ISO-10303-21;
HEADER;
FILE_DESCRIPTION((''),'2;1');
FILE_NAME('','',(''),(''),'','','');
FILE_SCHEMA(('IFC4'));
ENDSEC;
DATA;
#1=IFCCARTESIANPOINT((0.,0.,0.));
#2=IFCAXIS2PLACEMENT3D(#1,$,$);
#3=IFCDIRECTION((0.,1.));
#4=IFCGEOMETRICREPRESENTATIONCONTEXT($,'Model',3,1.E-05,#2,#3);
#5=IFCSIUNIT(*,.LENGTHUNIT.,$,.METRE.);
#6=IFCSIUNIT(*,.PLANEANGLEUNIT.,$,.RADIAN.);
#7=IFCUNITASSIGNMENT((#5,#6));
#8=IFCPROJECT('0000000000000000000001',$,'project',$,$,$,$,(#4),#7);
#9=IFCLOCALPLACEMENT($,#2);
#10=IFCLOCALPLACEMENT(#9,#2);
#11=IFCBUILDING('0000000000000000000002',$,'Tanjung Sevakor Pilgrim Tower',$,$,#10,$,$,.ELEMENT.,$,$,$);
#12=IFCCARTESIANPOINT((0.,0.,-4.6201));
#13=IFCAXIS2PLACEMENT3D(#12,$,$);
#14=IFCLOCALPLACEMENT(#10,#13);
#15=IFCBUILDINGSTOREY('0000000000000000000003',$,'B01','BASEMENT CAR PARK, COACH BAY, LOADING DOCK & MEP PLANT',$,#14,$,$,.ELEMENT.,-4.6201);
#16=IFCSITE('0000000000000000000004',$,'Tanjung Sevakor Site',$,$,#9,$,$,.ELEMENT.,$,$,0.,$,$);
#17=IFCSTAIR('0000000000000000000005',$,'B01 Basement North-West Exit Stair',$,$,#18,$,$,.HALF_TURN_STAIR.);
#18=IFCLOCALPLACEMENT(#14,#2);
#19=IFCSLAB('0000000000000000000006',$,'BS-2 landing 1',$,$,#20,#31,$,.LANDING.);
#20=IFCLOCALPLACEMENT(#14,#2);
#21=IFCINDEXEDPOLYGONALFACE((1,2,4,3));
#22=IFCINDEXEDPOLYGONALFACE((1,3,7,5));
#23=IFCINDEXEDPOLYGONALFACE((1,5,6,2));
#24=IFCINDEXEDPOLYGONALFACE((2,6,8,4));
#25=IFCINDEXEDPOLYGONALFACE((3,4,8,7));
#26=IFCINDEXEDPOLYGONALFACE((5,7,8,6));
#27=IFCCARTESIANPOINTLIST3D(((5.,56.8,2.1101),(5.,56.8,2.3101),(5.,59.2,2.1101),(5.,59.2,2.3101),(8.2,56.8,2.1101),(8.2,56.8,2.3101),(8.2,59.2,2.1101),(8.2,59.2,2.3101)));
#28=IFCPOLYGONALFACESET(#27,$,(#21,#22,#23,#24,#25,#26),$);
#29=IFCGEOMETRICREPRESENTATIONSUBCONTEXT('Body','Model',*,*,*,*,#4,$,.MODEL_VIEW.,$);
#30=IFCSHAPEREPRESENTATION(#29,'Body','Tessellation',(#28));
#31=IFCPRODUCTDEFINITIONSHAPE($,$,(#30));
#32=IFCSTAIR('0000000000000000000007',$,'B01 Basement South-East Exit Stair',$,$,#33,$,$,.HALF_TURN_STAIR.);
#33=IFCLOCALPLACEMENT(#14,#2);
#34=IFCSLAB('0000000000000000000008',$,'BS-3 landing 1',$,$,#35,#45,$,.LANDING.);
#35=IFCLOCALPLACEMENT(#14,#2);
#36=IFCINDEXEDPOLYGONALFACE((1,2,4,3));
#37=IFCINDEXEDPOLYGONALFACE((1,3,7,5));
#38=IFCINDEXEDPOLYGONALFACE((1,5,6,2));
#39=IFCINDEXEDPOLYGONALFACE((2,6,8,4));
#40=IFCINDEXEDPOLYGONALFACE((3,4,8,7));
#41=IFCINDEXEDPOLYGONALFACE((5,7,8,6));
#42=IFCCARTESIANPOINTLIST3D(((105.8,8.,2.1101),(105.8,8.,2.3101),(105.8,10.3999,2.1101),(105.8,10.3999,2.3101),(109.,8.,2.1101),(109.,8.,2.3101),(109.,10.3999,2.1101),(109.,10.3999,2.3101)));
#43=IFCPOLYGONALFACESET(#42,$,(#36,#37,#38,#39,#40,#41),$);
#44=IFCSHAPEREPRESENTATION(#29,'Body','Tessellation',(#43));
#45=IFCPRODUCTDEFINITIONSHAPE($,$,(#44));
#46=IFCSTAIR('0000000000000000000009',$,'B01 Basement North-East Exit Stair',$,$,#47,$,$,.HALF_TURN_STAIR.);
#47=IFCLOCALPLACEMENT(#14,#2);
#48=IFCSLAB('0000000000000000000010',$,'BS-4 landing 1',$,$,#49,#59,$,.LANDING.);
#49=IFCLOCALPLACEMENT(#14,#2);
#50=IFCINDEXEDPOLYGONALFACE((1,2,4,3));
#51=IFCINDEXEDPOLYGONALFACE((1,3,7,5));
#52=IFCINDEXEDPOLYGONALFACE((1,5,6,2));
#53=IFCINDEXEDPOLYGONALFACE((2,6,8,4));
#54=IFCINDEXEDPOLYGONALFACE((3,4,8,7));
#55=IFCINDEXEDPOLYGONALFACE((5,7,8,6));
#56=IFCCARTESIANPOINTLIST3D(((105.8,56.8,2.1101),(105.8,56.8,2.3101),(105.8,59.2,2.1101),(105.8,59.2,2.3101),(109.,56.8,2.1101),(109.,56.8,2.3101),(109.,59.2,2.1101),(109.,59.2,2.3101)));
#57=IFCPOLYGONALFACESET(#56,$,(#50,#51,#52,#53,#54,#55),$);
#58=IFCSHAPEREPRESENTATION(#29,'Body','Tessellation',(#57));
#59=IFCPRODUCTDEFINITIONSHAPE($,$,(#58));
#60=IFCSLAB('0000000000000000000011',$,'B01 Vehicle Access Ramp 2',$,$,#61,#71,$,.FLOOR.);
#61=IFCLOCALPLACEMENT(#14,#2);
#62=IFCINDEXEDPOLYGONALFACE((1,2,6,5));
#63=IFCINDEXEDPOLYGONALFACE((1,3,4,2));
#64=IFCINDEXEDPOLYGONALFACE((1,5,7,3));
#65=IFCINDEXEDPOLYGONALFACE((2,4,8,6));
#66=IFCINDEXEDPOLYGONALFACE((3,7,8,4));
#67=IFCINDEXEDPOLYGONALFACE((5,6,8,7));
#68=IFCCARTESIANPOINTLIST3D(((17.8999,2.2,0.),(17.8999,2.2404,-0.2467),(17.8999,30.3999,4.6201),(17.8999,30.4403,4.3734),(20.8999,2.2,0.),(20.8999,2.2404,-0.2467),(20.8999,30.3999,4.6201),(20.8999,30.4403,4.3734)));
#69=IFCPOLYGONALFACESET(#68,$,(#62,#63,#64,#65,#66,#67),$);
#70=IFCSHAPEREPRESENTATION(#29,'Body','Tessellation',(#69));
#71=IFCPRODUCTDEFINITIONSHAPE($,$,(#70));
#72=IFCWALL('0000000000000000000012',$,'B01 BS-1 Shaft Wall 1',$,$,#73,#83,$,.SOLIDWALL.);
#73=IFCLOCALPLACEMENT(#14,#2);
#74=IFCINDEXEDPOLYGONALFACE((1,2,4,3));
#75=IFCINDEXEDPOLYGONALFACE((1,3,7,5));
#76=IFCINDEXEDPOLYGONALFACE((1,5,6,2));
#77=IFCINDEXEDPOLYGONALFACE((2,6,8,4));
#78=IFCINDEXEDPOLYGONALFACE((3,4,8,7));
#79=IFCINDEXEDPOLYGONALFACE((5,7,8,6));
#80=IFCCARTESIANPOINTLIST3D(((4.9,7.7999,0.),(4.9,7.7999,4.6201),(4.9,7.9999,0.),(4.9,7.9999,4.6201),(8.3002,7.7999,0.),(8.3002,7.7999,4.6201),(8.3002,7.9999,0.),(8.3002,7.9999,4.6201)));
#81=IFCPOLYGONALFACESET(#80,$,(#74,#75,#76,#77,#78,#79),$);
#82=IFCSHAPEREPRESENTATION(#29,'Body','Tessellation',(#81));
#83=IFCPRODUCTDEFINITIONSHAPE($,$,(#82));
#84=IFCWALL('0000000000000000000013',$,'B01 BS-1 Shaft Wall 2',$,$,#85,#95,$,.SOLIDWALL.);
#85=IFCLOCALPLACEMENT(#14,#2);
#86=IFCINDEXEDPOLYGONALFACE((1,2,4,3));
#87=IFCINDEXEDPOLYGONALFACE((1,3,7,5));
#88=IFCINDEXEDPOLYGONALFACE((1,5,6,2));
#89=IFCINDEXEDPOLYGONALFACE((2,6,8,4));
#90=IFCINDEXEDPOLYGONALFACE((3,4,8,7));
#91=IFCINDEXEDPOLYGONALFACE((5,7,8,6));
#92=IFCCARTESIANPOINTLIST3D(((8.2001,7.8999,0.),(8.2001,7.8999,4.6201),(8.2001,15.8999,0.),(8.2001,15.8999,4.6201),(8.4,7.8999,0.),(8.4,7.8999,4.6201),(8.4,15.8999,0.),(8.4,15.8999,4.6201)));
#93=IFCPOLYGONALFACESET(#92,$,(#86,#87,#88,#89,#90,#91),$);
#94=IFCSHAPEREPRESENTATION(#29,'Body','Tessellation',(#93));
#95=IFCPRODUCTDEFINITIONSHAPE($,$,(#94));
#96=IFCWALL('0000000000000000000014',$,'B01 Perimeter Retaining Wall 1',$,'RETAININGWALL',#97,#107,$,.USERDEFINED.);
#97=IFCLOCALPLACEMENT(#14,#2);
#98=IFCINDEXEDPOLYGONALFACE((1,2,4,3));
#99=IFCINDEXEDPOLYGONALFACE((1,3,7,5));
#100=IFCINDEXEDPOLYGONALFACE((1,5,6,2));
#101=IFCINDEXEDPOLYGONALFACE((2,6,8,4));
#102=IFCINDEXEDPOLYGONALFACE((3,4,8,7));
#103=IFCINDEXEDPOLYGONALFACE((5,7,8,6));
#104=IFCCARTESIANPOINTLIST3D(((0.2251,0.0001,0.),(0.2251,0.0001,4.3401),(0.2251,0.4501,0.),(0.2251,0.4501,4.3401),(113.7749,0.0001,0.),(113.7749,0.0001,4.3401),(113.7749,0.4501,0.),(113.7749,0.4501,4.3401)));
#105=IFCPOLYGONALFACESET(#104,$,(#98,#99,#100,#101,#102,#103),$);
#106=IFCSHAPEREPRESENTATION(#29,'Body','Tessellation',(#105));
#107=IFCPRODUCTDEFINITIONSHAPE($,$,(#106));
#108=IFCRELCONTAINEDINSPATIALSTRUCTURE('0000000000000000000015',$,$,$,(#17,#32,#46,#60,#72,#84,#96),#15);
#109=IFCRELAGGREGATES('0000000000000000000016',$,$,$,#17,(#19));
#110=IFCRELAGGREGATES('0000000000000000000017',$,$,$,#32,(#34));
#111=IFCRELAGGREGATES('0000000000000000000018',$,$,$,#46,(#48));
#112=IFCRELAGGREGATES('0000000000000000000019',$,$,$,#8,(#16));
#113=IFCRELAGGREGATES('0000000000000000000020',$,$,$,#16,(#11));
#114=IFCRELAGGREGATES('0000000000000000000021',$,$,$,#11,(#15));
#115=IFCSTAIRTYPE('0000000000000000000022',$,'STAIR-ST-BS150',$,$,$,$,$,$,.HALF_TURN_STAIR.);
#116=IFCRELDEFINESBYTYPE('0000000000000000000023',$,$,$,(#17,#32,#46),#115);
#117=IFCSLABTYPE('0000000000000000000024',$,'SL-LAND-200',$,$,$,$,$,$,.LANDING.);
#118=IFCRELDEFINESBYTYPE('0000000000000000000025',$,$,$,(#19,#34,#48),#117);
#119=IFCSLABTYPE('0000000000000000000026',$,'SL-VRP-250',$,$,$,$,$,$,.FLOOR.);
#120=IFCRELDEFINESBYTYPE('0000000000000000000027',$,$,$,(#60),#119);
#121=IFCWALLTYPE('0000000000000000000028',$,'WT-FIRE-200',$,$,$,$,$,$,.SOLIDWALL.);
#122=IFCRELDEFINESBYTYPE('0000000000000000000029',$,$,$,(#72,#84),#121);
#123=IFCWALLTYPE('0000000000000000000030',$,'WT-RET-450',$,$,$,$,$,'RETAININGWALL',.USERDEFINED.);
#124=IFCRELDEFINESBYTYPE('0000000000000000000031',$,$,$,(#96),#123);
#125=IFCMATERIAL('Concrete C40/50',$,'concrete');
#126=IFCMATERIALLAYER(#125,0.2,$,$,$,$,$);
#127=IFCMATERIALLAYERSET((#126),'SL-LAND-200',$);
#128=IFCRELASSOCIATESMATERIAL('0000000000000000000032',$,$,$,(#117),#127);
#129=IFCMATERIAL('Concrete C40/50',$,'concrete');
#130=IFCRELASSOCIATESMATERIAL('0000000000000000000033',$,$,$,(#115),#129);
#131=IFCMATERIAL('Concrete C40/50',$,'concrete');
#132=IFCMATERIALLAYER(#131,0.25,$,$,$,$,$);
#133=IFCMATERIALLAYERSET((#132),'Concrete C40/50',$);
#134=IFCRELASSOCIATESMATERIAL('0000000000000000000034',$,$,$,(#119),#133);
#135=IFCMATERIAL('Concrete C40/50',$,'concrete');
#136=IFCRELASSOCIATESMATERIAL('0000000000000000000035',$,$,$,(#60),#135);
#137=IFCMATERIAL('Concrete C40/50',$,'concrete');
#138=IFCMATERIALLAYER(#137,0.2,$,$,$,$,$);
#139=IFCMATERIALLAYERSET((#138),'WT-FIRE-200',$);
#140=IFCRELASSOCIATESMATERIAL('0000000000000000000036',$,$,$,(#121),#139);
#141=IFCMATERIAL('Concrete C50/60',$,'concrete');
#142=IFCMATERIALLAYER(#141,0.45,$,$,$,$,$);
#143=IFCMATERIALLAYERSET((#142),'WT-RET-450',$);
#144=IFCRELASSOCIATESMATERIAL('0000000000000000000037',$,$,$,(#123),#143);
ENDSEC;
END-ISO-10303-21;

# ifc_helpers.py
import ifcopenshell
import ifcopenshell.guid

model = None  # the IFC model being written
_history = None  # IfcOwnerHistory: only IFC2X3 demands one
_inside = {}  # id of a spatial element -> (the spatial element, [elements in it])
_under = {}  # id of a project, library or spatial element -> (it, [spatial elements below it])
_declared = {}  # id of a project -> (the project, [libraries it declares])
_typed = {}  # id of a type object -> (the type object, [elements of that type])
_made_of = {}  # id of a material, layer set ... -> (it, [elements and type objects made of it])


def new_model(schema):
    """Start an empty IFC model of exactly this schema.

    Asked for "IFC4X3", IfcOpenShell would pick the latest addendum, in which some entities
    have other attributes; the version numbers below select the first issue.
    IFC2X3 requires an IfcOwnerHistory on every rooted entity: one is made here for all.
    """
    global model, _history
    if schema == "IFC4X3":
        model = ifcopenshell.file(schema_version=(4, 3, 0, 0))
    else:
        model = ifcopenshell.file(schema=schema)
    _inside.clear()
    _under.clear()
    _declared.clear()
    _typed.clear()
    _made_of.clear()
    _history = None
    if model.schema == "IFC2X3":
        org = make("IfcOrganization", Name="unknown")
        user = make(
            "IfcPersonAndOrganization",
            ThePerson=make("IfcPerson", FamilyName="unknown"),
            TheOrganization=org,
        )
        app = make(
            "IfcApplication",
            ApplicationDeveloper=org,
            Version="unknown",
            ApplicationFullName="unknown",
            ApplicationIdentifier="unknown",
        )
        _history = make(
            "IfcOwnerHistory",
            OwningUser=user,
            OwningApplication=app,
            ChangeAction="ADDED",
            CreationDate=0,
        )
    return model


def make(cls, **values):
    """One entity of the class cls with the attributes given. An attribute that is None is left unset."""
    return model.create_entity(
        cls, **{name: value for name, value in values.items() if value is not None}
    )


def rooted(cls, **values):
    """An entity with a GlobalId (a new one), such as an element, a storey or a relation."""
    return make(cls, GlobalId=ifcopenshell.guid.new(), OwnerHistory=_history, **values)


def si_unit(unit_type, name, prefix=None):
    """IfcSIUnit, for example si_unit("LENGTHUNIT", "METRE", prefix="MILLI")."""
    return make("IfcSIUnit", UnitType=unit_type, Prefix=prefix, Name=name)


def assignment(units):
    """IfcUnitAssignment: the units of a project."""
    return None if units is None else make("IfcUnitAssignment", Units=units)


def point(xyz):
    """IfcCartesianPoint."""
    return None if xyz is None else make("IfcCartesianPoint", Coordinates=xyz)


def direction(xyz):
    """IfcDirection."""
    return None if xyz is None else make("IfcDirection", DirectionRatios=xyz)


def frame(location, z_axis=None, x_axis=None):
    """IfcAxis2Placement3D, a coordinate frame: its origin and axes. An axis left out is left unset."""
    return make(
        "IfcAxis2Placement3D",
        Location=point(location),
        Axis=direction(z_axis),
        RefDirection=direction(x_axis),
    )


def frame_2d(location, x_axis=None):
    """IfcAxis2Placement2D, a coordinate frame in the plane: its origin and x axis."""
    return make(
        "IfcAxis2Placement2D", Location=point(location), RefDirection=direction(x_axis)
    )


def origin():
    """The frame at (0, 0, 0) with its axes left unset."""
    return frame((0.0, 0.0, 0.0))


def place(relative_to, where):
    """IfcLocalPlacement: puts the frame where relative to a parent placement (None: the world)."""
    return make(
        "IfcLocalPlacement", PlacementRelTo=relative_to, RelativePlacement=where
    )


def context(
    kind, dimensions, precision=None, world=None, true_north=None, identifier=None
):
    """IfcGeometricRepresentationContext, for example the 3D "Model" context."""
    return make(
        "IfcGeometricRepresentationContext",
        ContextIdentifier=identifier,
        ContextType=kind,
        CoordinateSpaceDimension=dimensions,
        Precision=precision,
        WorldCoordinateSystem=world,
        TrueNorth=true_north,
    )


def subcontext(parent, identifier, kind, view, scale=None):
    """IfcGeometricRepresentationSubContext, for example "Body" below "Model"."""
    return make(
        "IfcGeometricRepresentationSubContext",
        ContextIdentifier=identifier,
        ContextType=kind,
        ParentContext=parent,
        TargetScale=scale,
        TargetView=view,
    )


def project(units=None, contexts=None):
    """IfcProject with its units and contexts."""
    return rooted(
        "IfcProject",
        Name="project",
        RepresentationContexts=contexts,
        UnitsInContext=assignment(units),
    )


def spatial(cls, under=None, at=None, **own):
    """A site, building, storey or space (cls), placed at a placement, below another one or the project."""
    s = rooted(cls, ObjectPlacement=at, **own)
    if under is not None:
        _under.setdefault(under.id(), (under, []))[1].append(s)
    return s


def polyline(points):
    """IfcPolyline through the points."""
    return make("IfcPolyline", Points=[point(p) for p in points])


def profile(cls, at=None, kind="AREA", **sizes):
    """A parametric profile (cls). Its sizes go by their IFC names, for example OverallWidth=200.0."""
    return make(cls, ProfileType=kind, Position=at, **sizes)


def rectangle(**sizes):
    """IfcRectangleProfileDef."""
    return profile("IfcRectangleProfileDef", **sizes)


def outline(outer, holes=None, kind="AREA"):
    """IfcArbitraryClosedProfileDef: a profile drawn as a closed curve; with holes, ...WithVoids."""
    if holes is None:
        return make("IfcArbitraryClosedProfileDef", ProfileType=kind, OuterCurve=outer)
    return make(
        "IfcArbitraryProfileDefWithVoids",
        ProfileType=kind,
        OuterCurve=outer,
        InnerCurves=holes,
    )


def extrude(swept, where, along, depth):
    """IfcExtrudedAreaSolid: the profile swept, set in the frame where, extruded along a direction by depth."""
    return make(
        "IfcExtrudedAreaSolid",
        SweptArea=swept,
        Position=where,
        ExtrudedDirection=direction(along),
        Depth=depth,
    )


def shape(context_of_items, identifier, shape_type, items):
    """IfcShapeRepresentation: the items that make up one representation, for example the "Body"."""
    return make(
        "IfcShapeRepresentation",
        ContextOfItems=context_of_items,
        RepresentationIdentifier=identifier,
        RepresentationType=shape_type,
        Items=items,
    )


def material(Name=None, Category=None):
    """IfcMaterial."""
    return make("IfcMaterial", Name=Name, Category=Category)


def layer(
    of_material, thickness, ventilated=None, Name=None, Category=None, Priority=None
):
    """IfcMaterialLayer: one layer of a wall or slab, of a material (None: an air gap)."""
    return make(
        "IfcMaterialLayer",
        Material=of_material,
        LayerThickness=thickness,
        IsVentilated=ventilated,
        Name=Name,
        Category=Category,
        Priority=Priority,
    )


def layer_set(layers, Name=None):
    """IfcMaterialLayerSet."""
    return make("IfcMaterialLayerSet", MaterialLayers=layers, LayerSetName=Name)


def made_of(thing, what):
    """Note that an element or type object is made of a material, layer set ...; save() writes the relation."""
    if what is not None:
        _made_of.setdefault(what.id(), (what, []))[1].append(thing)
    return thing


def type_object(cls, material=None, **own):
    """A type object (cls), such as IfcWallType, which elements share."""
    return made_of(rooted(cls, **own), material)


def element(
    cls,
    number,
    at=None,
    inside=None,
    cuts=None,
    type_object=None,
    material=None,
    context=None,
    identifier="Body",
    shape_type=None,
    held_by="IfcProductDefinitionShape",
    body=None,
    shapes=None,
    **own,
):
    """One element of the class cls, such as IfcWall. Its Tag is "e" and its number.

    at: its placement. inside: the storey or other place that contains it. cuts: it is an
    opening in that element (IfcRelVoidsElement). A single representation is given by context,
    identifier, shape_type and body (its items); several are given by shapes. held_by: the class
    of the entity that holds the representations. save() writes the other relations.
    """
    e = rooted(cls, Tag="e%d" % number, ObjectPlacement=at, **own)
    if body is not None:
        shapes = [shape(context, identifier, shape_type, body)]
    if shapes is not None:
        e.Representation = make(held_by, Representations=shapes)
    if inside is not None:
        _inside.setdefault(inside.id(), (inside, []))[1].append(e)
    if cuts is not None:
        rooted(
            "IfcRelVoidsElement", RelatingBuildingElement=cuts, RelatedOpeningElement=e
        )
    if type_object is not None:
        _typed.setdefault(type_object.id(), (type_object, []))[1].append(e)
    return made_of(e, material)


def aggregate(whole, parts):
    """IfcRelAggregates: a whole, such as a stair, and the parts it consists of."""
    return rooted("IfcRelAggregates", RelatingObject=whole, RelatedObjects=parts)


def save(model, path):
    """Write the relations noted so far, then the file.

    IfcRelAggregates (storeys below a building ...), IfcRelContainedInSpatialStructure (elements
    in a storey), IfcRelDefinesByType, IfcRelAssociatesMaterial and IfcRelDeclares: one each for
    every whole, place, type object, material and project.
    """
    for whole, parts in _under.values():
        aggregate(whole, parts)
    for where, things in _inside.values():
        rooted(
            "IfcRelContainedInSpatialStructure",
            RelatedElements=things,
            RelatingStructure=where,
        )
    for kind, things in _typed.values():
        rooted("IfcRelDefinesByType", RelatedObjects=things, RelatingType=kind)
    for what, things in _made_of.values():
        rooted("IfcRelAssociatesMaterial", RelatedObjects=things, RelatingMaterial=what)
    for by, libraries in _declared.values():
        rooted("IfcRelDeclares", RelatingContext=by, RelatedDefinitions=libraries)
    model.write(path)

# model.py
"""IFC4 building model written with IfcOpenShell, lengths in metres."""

from ifc_helpers import new_model, si_unit, direction, frame, frame_2d, origin, place, context, subcontext, project, spatial, polyline, rectangle, outline, extrude, material, layer, layer_set, type_object, element, aggregate, save


model = new_model("IFC4")

# Units and contexts
model_context = context("Model", 3, precision=1e-05, world=origin(), true_north=direction((0.0, 1.0)))
body_context = subcontext(model_context, "Body", "Model", "MODEL_VIEW")
ifc_project = project(units=[si_unit("LENGTHUNIT", "METRE"), si_unit("PLANEANGLEUNIT", "RADIAN")], contexts=[model_context])

# Site, building, storey
site_placement = place(None, origin())
site = spatial("IfcSite", under=ifc_project, at=site_placement, Name="Tanjung Sevakor Site", CompositionType="ELEMENT", RefElevation=0.0)
building_placement = place(site_placement, origin())
building = spatial("IfcBuilding", under=site, at=building_placement, Name="Tanjung Sevakor Pilgrim Tower", CompositionType="ELEMENT")
storey_placement = place(building_placement, frame((0.0, 0.0, -4.6201)))
storey = spatial("IfcBuildingStorey", under=building, at=storey_placement, Name="B01", Description="BASEMENT CAR PARK, COACH BAY, LOADING DOCK & MEP PLANT", CompositionType="ELEMENT", Elevation=-4.6201)

# Stairs, slabs
ifc_material_1 = material(Name="Concrete C40/50", Category="concrete")
ifc_layer_1 = layer(ifc_material_1, 0.2)
ifc_layer_set_1 = layer_set([ifc_layer_1], Name="SL-LAND-200")
slab_type_1 = type_object("IfcSlabType", Name="SL-LAND-200", PredefinedType="LANDING", material=ifc_layer_set_1)
ifc_material_2 = material(Name="Concrete C40/50", Category="concrete")
stair_type_1 = type_object("IfcStairType", Name="STAIR-ST-BS150", PredefinedType="HALF_TURN_STAIR", material=ifc_material_2)
stair_1_placement = place(storey_placement, origin())
stair_1 = element("IfcStair", 1, at=stair_1_placement, inside=storey, type_object=stair_type_1, Name="B01 Basement North-West Exit Stair", PredefinedType="HALF_TURN_STAIR")
slab_1_placement = place(storey_placement, frame((0.0, 0.0, 2.1101)))
slab_1 = element("IfcSlab", 2, at=slab_1_placement, type_object=slab_type_1, Name="BS-2 landing 1", PredefinedType="LANDING", context=body_context, shape_type="SweptSolid", body=[
    extrude(outline(polyline([(8.2, 56.8), (8.2, 59.2), (5.0, 59.2), (5.0, 56.8), (8.2, 56.8)])), origin(), (0.0, 0.0, 1.0), 0.2),
])
aggregate(stair_1, [slab_1])
stair_2_placement = place(storey_placement, origin())
stair_2 = element("IfcStair", 3, at=stair_2_placement, inside=storey, type_object=stair_type_1, Name="B01 Basement South-East Exit Stair", PredefinedType="HALF_TURN_STAIR")
slab_2_placement = place(storey_placement, frame((0.0, 0.0, 2.1101)))
slab_2 = element("IfcSlab", 4, at=slab_2_placement, type_object=slab_type_1, Name="BS-3 landing 1", PredefinedType="LANDING", context=body_context, shape_type="SweptSolid", body=[
    extrude(outline(polyline([(105.8, 10.3999), (105.8, 8.0), (109.0, 8.0), (109.0, 10.3999), (105.8, 10.3999)])), origin(), (0.0, 0.0, 1.0), 0.2),
])
aggregate(stair_2, [slab_2])
stair_3_placement = place(storey_placement, origin())
stair_3 = element("IfcStair", 5, at=stair_3_placement, inside=storey, type_object=stair_type_1, Name="B01 Basement North-East Exit Stair", PredefinedType="HALF_TURN_STAIR")
slab_3_placement = place(storey_placement, frame((0.0, 0.0, 2.1101)))
slab_3 = element("IfcSlab", 6, at=slab_3_placement, type_object=slab_type_1, Name="BS-4 landing 1", PredefinedType="LANDING", context=body_context, shape_type="SweptSolid", body=[
    extrude(outline(polyline([(109.0, 56.8), (109.0, 59.2), (105.8, 59.2), (105.8, 56.8), (109.0, 56.8)])), origin(), (0.0, 0.0, 1.0), 0.2),
])
aggregate(stair_3, [slab_3])

# Slab
ifc_material_3 = material(Name="Concrete C40/50", Category="concrete")
ifc_material_4 = material(Name="Concrete C40/50", Category="concrete")
ifc_layer_2 = layer(ifc_material_4, 0.25)
ifc_layer_set_2 = layer_set([ifc_layer_2], Name="Concrete C40/50")
slab_type_2 = type_object("IfcSlabType", Name="SL-VRP-250", PredefinedType="FLOOR", material=ifc_layer_set_2)
slab_4_placement = place(storey_placement, frame((17.8999, 2.2, 0.0), z_axis=(0.0, -0.161679, 0.986843), x_axis=(1.0, 0.0, 0.0)))
element("IfcSlab", 7, at=slab_4_placement, inside=storey, type_object=slab_type_2, material=ifc_material_3, Name="B01 Vehicle Access Ramp 2", PredefinedType="FLOOR", context=body_context, shape_type="SweptSolid", body=[
    extrude(outline(polyline([(0.0, 0.0), (3.0, 0.0), (3.0, 28.5759), (0.0, 28.5759), (0.0, 0.0)])), origin(), (0.0, 0.0, -1.0), 0.25),
])

# Walls
ifc_material_5 = material(Name="Concrete C40/50", Category="concrete")
ifc_layer_3 = layer(ifc_material_5, 0.2)
ifc_layer_set_3 = layer_set([ifc_layer_3], Name="WT-FIRE-200")
wall_type_1 = type_object("IfcWallType", Name="WT-FIRE-200", PredefinedType="SOLIDWALL", material=ifc_layer_set_3)
wall_1_placement = place(storey_placement, frame((4.8999, 7.8999, 0.0), z_axis=(0.0, 0.0, 1.0), x_axis=(1.0, 0.0, 0.0)))
element("IfcWall", 8, at=wall_1_placement, inside=storey, type_object=wall_type_1, Name="B01 BS-1 Shaft Wall 1", PredefinedType="SOLIDWALL", context=body_context, shape_type="SweptSolid", body=[
    extrude(rectangle(XDim=3.4001, YDim=0.2, at=frame_2d((1.7002, 0.0))), origin(), (0.0, 0.0, 1.0), 4.6201),
])
wall_2_placement = place(storey_placement, frame((8.3, 7.8999, 0.0), z_axis=(0.0, 0.0, 1.0), x_axis=(0.0, 1.0, 0.0)))
element("IfcWall", 9, at=wall_2_placement, inside=storey, type_object=wall_type_1, Name="B01 BS-1 Shaft Wall 2", PredefinedType="SOLIDWALL", context=body_context, shape_type="SweptSolid", body=[
    extrude(rectangle(XDim=8.0, YDim=0.2, at=frame_2d((4.0, 0.0))), origin(), (0.0, 0.0, 1.0), 4.6201),
])
ifc_material_6 = material(Name="Concrete C50/60", Category="concrete")
ifc_layer_4 = layer(ifc_material_6, 0.45)
ifc_layer_set_4 = layer_set([ifc_layer_4], Name="WT-RET-450")
wall_type_2 = type_object("IfcWallType", Name="WT-RET-450", ElementType="RETAININGWALL", PredefinedType="USERDEFINED", material=ifc_layer_set_4)
wall_3_placement = place(storey_placement, frame((0.2251, 0.2251, 0.0), z_axis=(0.0, 0.0, 1.0), x_axis=(1.0, 0.0, 0.0)))
element("IfcWall", 10, at=wall_3_placement, inside=storey, type_object=wall_type_2, Name="B01 Perimeter Retaining Wall 1", ObjectType="RETAININGWALL", PredefinedType="USERDEFINED", context=body_context, shape_type="SweptSolid", body=[
    extrude(rectangle(XDim=113.5498, YDim=0.45, at=frame_2d((56.7749, 0.0))), origin(), (0.0, 0.0, 1.0), 4.3401),
])

save(model, "model.ifc")
